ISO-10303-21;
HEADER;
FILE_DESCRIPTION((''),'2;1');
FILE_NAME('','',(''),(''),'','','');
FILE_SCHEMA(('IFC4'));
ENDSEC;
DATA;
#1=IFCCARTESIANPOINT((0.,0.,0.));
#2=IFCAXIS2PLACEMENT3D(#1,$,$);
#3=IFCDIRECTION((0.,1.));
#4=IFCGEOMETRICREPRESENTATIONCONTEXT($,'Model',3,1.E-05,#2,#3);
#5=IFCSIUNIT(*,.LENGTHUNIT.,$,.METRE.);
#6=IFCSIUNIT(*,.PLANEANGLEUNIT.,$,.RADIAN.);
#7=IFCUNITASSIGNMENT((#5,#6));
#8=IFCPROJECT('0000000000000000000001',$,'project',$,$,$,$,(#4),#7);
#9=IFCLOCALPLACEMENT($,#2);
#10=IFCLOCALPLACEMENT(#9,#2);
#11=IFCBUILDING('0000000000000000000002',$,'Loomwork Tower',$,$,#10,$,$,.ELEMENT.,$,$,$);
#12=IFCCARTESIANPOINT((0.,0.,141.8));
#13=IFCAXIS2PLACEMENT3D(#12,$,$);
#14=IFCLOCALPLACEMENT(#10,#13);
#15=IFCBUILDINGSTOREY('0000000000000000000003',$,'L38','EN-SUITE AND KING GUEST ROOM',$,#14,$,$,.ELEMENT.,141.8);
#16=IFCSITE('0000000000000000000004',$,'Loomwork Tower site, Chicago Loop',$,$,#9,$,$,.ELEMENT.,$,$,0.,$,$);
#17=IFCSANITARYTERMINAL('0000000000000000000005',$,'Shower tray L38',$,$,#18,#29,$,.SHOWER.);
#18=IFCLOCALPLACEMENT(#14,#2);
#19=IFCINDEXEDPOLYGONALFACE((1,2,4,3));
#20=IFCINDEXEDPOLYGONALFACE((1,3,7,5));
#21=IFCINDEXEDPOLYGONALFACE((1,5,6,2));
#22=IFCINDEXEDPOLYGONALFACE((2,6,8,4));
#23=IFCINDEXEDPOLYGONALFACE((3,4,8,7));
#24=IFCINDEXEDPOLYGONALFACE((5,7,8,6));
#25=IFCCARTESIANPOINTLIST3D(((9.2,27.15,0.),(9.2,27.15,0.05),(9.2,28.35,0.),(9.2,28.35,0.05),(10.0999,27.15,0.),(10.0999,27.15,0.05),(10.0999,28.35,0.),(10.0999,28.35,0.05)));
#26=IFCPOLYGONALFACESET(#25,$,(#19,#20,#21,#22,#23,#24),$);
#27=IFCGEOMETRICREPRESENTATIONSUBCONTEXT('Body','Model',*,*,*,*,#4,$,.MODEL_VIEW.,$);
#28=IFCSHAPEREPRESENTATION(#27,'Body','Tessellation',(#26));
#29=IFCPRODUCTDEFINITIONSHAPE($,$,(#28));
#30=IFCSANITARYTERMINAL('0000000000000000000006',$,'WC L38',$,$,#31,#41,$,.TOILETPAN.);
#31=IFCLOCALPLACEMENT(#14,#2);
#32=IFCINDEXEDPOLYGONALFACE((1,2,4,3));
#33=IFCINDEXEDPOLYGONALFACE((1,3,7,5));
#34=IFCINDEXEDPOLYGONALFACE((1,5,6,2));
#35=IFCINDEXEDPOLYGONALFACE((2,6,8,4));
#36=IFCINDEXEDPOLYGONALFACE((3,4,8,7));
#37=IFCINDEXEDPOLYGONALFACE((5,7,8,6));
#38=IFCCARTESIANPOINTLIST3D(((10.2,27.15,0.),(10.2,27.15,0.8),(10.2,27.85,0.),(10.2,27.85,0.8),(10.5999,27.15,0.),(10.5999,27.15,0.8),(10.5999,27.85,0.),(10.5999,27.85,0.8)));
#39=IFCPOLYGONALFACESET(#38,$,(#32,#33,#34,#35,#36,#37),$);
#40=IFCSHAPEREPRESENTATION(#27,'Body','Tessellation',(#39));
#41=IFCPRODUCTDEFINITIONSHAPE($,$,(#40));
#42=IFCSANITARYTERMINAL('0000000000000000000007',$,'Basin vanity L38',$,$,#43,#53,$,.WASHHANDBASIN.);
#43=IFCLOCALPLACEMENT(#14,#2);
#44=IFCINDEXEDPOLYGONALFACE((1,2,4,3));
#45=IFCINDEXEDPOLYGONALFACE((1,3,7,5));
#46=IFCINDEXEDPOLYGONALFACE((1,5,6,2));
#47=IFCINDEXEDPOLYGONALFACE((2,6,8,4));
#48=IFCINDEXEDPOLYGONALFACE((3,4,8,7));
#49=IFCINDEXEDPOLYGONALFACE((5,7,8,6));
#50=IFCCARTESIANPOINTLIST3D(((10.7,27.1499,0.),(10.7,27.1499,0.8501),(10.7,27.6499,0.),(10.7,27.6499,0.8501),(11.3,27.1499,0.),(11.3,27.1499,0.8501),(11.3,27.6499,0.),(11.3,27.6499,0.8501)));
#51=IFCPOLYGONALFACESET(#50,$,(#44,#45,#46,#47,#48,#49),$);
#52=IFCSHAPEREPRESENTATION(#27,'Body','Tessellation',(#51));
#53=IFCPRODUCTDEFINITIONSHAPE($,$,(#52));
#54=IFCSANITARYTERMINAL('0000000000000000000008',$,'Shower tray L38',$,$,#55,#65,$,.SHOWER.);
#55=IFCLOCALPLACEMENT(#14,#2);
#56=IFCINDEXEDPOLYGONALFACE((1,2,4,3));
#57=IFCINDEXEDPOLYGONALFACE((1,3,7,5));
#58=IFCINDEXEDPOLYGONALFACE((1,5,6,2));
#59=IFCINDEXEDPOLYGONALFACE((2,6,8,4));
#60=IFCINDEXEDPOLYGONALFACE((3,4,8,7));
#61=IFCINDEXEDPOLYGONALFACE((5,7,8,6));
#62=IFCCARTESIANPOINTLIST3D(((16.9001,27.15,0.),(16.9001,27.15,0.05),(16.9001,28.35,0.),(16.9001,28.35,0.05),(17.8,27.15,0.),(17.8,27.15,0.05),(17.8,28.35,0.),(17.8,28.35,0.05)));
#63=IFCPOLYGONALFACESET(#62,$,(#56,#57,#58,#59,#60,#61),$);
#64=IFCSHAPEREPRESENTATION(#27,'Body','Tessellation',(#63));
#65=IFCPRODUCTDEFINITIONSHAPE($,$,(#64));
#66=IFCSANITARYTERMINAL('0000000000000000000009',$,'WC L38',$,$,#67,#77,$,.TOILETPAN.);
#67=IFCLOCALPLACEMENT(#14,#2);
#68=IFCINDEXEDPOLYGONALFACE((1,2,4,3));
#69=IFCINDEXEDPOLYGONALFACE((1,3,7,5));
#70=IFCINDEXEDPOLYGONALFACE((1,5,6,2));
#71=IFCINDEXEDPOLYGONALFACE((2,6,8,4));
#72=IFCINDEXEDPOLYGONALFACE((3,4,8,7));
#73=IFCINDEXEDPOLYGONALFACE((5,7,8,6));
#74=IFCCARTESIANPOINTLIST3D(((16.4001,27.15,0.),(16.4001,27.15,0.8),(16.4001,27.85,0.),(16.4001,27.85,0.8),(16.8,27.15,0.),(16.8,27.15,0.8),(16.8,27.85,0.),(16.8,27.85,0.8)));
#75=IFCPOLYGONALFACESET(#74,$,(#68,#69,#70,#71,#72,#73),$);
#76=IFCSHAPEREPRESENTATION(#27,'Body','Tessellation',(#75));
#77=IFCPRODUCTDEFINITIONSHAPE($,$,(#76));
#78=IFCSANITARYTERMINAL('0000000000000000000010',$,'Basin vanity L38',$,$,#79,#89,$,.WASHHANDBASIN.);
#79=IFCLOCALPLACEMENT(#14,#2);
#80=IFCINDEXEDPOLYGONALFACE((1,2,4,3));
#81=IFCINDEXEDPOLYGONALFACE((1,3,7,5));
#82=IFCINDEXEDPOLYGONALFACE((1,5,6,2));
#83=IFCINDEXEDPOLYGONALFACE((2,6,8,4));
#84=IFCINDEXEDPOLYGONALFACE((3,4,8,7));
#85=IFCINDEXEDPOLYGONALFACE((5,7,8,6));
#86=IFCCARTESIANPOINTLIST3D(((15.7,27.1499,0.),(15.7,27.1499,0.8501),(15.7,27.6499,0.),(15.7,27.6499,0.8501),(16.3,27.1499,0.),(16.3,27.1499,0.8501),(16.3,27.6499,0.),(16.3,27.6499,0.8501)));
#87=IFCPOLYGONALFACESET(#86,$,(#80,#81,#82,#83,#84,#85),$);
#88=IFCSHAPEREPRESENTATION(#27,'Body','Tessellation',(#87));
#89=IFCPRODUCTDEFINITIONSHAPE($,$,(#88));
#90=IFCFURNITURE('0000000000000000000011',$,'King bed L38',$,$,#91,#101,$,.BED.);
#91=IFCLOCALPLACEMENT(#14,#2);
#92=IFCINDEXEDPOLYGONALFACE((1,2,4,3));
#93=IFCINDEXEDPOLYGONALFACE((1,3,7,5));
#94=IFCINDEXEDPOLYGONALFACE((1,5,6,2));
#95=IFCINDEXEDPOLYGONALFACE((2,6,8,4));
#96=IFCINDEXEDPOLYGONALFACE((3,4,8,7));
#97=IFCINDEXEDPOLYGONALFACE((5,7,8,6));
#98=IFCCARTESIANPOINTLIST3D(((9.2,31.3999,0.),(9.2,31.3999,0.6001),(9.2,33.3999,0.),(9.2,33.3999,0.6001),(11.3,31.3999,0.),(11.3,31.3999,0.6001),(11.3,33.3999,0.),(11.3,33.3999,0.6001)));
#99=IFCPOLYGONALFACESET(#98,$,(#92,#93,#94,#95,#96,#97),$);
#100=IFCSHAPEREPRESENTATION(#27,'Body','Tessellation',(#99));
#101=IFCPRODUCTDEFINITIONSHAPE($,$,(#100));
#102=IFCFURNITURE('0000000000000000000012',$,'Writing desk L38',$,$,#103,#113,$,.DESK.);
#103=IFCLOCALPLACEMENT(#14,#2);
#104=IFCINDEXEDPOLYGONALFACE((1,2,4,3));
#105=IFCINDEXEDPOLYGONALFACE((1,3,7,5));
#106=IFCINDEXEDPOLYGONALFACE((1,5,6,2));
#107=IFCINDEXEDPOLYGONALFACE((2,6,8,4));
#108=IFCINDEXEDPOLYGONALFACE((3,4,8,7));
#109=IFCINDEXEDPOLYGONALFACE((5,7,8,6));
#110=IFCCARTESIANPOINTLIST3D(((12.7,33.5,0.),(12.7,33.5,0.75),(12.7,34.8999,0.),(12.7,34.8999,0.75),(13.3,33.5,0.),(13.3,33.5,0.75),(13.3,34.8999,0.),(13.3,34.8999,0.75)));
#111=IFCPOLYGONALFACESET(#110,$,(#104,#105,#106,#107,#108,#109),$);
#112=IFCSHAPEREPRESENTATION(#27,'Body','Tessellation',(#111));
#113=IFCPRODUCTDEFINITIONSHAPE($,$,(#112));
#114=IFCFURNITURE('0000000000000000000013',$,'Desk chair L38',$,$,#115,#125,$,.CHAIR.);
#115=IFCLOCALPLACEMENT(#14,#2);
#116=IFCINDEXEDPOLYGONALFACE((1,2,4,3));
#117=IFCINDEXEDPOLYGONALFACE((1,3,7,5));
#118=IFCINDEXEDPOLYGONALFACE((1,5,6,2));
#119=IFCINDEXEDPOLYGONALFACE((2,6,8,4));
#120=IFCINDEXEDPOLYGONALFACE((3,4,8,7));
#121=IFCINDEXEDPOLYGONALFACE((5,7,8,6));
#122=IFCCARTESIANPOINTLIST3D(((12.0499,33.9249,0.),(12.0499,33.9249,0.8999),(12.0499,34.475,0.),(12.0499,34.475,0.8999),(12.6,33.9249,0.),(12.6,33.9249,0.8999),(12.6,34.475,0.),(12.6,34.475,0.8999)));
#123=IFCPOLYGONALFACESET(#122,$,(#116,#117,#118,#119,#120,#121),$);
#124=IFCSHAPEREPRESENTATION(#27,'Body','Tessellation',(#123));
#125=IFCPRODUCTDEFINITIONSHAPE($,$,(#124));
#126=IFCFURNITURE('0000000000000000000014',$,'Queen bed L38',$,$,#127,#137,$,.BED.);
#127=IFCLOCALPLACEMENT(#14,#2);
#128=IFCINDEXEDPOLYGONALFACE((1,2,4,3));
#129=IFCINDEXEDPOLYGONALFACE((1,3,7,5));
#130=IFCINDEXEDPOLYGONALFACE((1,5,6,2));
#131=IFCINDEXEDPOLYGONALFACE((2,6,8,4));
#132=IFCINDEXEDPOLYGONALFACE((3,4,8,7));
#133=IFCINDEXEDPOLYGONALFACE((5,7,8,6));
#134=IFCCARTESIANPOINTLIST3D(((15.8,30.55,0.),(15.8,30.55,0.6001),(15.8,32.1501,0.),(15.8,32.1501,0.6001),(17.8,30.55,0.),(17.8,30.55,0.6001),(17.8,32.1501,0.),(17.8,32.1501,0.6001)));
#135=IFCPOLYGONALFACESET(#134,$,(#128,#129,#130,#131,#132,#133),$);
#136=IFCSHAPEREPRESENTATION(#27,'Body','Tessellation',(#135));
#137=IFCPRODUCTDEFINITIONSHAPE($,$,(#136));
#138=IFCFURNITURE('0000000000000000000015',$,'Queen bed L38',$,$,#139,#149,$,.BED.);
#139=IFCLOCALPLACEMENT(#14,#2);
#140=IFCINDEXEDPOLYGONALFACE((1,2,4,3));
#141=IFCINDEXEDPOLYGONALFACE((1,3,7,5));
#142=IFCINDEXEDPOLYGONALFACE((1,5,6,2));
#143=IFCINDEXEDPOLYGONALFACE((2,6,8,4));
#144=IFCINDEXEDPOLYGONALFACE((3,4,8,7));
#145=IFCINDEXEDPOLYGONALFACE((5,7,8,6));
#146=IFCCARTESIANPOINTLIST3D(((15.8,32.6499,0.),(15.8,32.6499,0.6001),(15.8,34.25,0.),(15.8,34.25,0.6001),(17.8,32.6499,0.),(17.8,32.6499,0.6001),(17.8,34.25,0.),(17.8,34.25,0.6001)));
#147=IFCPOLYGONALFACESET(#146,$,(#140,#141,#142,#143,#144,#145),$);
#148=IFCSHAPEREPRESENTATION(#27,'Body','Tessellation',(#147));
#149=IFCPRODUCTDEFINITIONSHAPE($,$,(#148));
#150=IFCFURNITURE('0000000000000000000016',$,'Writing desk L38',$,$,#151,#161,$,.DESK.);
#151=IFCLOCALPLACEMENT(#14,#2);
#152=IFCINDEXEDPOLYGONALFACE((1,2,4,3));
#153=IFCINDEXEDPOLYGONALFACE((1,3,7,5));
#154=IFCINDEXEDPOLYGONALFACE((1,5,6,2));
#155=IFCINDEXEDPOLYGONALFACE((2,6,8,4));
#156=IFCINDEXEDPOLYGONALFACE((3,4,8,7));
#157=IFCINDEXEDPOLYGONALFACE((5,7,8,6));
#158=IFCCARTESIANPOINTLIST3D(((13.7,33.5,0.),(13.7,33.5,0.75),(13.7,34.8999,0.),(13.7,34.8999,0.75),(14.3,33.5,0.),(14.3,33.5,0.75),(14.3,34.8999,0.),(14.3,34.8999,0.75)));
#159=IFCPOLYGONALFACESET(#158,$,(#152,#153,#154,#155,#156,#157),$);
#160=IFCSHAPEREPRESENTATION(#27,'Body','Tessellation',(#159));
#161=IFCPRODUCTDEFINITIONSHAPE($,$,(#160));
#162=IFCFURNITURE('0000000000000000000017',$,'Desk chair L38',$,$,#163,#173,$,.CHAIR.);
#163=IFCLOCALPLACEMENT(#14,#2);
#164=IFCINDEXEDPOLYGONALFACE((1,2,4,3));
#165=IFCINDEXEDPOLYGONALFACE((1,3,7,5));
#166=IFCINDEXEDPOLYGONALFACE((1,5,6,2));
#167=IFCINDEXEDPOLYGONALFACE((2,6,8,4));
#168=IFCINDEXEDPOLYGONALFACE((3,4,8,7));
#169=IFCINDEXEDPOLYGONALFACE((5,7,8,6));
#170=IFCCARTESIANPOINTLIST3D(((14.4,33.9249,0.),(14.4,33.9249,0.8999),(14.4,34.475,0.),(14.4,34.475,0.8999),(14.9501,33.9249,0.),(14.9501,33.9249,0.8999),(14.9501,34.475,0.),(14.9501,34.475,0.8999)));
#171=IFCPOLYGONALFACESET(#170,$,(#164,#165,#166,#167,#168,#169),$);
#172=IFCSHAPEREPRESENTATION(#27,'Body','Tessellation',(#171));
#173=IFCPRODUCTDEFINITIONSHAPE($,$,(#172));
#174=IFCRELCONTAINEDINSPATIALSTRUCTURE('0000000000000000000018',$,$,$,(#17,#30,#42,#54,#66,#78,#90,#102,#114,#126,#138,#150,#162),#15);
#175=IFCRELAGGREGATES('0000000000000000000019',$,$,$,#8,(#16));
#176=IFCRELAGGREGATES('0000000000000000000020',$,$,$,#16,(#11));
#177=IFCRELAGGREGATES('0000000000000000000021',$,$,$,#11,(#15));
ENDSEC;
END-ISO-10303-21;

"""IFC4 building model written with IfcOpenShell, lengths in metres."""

from ifc_helpers import new_model, si_unit, direction, frame, origin, origin_2d, place, context, subcontext, project, spatial, rectangle, extrude, element, save


model = new_model("IFC4")

# Units and contexts
model_context = context("Model", 3, precision=1e-05, world=origin(), true_north=direction((0.0, 1.0)))
body_context = subcontext(model_context, "Body", "Model", "MODEL_VIEW")
ifc_project = project(units=[si_unit("LENGTHUNIT", "METRE"), si_unit("PLANEANGLEUNIT", "RADIAN")], contexts=[model_context])

# Site, building, storey
site_placement = place(None, origin())
site = spatial("IfcSite", under=ifc_project, at=site_placement, Name="Loomwork Tower site, Chicago Loop", CompositionType="ELEMENT", RefElevation=0.0)
building_placement = place(site_placement, origin())
building = spatial("IfcBuilding", under=site, at=building_placement, Name="Loomwork Tower", CompositionType="ELEMENT")
storey_placement = place(building_placement, frame((0.0, 0.0, 141.8)))
storey = spatial("IfcBuildingStorey", under=building, at=storey_placement, Name="L38", Description="EN-SUITE AND KING GUEST ROOM", CompositionType="ELEMENT", Elevation=141.8)

# Sanitary terminals
sanitary_terminal_1_placement = place(storey_placement, frame((9.6499, 27.75, 0.0), z_axis=(0.0, 0.0, 1.0), x_axis=(1.0, 0.0, 0.0)))
element("IfcSanitaryTerminal", 1, at=sanitary_terminal_1_placement, inside=storey, Name="Shower tray L38", PredefinedType="SHOWER", context=body_context, shape_type="SweptSolid", body=[
    extrude(rectangle(XDim=0.8999, YDim=1.2, at=origin_2d()), origin(), (0.0, 0.0, 1.0), 0.05),
])
sanitary_terminal_2_placement = place(storey_placement, frame((10.3999, 27.5, 0.0), z_axis=(0.0, 0.0, 1.0), x_axis=(1.0, 0.0, 0.0)))
element("IfcSanitaryTerminal", 2, at=sanitary_terminal_2_placement, inside=storey, Name="WC L38", PredefinedType="TOILETPAN", context=body_context, shape_type="SweptSolid", body=[
    extrude(rectangle(XDim=0.3999, YDim=0.7, at=origin_2d()), origin(), (0.0, 0.0, 1.0), 0.8),
])
sanitary_terminal_3_placement = place(storey_placement, frame((11.0, 27.3999, 0.0), z_axis=(0.0, 0.0, 1.0), x_axis=(1.0, 0.0, 0.0)))
element("IfcSanitaryTerminal", 3, at=sanitary_terminal_3_placement, inside=storey, Name="Basin vanity L38", PredefinedType="WASHHANDBASIN", context=body_context, shape_type="SweptSolid", body=[
    extrude(rectangle(XDim=0.6001, YDim=0.5, at=origin_2d()), origin(), (0.0, 0.0, 1.0), 0.8501),
])
sanitary_terminal_4_placement = place(storey_placement, frame((17.3501, 27.75, 0.0), z_axis=(0.0, 0.0, 1.0), x_axis=(1.0, 0.0, 0.0)))
element("IfcSanitaryTerminal", 4, at=sanitary_terminal_4_placement, inside=storey, Name="Shower tray L38", PredefinedType="SHOWER", context=body_context, shape_type="SweptSolid", body=[
    extrude(rectangle(XDim=0.8999, YDim=1.2, at=origin_2d()), origin(), (0.0, 0.0, 1.0), 0.05),
])
sanitary_terminal_5_placement = place(storey_placement, frame((16.6001, 27.5, 0.0), z_axis=(0.0, 0.0, 1.0), x_axis=(1.0, 0.0, 0.0)))
element("IfcSanitaryTerminal", 5, at=sanitary_terminal_5_placement, inside=storey, Name="WC L38", PredefinedType="TOILETPAN", context=body_context, shape_type="SweptSolid", body=[
    extrude(rectangle(XDim=0.3999, YDim=0.7, at=origin_2d()), origin(), (0.0, 0.0, 1.0), 0.8),
])
sanitary_terminal_6_placement = place(storey_placement, frame((16.0, 27.3999, 0.0), z_axis=(0.0, 0.0, 1.0), x_axis=(1.0, 0.0, 0.0)))
element("IfcSanitaryTerminal", 6, at=sanitary_terminal_6_placement, inside=storey, Name="Basin vanity L38", PredefinedType="WASHHANDBASIN", context=body_context, shape_type="SweptSolid", body=[
    extrude(rectangle(XDim=0.6001, YDim=0.5, at=origin_2d()), origin(), (0.0, 0.0, 1.0), 0.8501),
])

# Furniture
furniture_1_placement = place(storey_placement, frame((10.25, 32.3999, 0.0), z_axis=(0.0, 0.0, 1.0), x_axis=(1.0, 0.0, 0.0)))
element("IfcFurniture", 7, at=furniture_1_placement, inside=storey, Name="King bed L38", PredefinedType="BED", context=body_context, shape_type="SweptSolid", body=[
    extrude(rectangle(XDim=2.1001, YDim=2.0, at=origin_2d()), origin(), (0.0, 0.0, 1.0), 0.6001),
])
furniture_2_placement = place(storey_placement, frame((13.0, 34.2, 0.0), z_axis=(0.0, 0.0, 1.0), x_axis=(1.0, 0.0, 0.0)))
element("IfcFurniture", 8, at=furniture_2_placement, inside=storey, Name="Writing desk L38", PredefinedType="DESK", context=body_context, shape_type="SweptSolid", body=[
    extrude(rectangle(XDim=0.6001, YDim=1.3999, at=origin_2d()), origin(), (0.0, 0.0, 1.0), 0.75),
])
furniture_3_placement = place(storey_placement, frame((12.325, 34.2, 0.0), z_axis=(0.0, 0.0, 1.0), x_axis=(1.0, 0.0, 0.0)))
element("IfcFurniture", 9, at=furniture_3_placement, inside=storey, Name="Desk chair L38", PredefinedType="CHAIR", context=body_context, shape_type="SweptSolid", body=[
    extrude(rectangle(XDim=0.55, YDim=0.55, at=origin_2d()), origin(), (0.0, 0.0, 1.0), 0.8999),
])
for number, where, z_axis, x_axis, name in (
    (10, (16.8, 31.3501, 0.0), (0.0, 0.0, 1.0), (1.0, 0.0, 0.0), "Queen bed L38"),
    (11, (16.8, 33.45, 0.0), (0.0, 0.0, 1.0), (1.0, 0.0, 0.0), "Queen bed L38"),
):
    element("IfcFurniture", number, at=place(storey_placement, frame(where, z_axis=z_axis, x_axis=x_axis)), inside=storey, Name=name, PredefinedType="BED", context=body_context, shape_type="SweptSolid", body=[
        extrude(rectangle(XDim=2.0, YDim=1.6001, at=origin_2d()), origin(), (0.0, 0.0, 1.0), 0.6001),
    ])
furniture_4_placement = place(storey_placement, frame((14.0, 34.2, 0.0), z_axis=(0.0, 0.0, 1.0), x_axis=(1.0, 0.0, 0.0)))
element("IfcFurniture", 12, at=furniture_4_placement, inside=storey, Name="Writing desk L38", PredefinedType="DESK", context=body_context, shape_type="SweptSolid", body=[
    extrude(rectangle(XDim=0.6001, YDim=1.3999, at=origin_2d()), origin(), (0.0, 0.0, 1.0), 0.75),
])
furniture_5_placement = place(storey_placement, frame((14.675, 34.2, 0.0), z_axis=(0.0, 0.0, 1.0), x_axis=(1.0, 0.0, 0.0)))
element("IfcFurniture", 13, at=furniture_5_placement, inside=storey, Name="Desk chair L38", PredefinedType="CHAIR", context=body_context, shape_type="SweptSolid", body=[
    extrude(rectangle(XDim=0.55, YDim=0.55, at=origin_2d()), origin(), (0.0, 0.0, 1.0), 0.8999),
])

save(model, "model.ifc")
